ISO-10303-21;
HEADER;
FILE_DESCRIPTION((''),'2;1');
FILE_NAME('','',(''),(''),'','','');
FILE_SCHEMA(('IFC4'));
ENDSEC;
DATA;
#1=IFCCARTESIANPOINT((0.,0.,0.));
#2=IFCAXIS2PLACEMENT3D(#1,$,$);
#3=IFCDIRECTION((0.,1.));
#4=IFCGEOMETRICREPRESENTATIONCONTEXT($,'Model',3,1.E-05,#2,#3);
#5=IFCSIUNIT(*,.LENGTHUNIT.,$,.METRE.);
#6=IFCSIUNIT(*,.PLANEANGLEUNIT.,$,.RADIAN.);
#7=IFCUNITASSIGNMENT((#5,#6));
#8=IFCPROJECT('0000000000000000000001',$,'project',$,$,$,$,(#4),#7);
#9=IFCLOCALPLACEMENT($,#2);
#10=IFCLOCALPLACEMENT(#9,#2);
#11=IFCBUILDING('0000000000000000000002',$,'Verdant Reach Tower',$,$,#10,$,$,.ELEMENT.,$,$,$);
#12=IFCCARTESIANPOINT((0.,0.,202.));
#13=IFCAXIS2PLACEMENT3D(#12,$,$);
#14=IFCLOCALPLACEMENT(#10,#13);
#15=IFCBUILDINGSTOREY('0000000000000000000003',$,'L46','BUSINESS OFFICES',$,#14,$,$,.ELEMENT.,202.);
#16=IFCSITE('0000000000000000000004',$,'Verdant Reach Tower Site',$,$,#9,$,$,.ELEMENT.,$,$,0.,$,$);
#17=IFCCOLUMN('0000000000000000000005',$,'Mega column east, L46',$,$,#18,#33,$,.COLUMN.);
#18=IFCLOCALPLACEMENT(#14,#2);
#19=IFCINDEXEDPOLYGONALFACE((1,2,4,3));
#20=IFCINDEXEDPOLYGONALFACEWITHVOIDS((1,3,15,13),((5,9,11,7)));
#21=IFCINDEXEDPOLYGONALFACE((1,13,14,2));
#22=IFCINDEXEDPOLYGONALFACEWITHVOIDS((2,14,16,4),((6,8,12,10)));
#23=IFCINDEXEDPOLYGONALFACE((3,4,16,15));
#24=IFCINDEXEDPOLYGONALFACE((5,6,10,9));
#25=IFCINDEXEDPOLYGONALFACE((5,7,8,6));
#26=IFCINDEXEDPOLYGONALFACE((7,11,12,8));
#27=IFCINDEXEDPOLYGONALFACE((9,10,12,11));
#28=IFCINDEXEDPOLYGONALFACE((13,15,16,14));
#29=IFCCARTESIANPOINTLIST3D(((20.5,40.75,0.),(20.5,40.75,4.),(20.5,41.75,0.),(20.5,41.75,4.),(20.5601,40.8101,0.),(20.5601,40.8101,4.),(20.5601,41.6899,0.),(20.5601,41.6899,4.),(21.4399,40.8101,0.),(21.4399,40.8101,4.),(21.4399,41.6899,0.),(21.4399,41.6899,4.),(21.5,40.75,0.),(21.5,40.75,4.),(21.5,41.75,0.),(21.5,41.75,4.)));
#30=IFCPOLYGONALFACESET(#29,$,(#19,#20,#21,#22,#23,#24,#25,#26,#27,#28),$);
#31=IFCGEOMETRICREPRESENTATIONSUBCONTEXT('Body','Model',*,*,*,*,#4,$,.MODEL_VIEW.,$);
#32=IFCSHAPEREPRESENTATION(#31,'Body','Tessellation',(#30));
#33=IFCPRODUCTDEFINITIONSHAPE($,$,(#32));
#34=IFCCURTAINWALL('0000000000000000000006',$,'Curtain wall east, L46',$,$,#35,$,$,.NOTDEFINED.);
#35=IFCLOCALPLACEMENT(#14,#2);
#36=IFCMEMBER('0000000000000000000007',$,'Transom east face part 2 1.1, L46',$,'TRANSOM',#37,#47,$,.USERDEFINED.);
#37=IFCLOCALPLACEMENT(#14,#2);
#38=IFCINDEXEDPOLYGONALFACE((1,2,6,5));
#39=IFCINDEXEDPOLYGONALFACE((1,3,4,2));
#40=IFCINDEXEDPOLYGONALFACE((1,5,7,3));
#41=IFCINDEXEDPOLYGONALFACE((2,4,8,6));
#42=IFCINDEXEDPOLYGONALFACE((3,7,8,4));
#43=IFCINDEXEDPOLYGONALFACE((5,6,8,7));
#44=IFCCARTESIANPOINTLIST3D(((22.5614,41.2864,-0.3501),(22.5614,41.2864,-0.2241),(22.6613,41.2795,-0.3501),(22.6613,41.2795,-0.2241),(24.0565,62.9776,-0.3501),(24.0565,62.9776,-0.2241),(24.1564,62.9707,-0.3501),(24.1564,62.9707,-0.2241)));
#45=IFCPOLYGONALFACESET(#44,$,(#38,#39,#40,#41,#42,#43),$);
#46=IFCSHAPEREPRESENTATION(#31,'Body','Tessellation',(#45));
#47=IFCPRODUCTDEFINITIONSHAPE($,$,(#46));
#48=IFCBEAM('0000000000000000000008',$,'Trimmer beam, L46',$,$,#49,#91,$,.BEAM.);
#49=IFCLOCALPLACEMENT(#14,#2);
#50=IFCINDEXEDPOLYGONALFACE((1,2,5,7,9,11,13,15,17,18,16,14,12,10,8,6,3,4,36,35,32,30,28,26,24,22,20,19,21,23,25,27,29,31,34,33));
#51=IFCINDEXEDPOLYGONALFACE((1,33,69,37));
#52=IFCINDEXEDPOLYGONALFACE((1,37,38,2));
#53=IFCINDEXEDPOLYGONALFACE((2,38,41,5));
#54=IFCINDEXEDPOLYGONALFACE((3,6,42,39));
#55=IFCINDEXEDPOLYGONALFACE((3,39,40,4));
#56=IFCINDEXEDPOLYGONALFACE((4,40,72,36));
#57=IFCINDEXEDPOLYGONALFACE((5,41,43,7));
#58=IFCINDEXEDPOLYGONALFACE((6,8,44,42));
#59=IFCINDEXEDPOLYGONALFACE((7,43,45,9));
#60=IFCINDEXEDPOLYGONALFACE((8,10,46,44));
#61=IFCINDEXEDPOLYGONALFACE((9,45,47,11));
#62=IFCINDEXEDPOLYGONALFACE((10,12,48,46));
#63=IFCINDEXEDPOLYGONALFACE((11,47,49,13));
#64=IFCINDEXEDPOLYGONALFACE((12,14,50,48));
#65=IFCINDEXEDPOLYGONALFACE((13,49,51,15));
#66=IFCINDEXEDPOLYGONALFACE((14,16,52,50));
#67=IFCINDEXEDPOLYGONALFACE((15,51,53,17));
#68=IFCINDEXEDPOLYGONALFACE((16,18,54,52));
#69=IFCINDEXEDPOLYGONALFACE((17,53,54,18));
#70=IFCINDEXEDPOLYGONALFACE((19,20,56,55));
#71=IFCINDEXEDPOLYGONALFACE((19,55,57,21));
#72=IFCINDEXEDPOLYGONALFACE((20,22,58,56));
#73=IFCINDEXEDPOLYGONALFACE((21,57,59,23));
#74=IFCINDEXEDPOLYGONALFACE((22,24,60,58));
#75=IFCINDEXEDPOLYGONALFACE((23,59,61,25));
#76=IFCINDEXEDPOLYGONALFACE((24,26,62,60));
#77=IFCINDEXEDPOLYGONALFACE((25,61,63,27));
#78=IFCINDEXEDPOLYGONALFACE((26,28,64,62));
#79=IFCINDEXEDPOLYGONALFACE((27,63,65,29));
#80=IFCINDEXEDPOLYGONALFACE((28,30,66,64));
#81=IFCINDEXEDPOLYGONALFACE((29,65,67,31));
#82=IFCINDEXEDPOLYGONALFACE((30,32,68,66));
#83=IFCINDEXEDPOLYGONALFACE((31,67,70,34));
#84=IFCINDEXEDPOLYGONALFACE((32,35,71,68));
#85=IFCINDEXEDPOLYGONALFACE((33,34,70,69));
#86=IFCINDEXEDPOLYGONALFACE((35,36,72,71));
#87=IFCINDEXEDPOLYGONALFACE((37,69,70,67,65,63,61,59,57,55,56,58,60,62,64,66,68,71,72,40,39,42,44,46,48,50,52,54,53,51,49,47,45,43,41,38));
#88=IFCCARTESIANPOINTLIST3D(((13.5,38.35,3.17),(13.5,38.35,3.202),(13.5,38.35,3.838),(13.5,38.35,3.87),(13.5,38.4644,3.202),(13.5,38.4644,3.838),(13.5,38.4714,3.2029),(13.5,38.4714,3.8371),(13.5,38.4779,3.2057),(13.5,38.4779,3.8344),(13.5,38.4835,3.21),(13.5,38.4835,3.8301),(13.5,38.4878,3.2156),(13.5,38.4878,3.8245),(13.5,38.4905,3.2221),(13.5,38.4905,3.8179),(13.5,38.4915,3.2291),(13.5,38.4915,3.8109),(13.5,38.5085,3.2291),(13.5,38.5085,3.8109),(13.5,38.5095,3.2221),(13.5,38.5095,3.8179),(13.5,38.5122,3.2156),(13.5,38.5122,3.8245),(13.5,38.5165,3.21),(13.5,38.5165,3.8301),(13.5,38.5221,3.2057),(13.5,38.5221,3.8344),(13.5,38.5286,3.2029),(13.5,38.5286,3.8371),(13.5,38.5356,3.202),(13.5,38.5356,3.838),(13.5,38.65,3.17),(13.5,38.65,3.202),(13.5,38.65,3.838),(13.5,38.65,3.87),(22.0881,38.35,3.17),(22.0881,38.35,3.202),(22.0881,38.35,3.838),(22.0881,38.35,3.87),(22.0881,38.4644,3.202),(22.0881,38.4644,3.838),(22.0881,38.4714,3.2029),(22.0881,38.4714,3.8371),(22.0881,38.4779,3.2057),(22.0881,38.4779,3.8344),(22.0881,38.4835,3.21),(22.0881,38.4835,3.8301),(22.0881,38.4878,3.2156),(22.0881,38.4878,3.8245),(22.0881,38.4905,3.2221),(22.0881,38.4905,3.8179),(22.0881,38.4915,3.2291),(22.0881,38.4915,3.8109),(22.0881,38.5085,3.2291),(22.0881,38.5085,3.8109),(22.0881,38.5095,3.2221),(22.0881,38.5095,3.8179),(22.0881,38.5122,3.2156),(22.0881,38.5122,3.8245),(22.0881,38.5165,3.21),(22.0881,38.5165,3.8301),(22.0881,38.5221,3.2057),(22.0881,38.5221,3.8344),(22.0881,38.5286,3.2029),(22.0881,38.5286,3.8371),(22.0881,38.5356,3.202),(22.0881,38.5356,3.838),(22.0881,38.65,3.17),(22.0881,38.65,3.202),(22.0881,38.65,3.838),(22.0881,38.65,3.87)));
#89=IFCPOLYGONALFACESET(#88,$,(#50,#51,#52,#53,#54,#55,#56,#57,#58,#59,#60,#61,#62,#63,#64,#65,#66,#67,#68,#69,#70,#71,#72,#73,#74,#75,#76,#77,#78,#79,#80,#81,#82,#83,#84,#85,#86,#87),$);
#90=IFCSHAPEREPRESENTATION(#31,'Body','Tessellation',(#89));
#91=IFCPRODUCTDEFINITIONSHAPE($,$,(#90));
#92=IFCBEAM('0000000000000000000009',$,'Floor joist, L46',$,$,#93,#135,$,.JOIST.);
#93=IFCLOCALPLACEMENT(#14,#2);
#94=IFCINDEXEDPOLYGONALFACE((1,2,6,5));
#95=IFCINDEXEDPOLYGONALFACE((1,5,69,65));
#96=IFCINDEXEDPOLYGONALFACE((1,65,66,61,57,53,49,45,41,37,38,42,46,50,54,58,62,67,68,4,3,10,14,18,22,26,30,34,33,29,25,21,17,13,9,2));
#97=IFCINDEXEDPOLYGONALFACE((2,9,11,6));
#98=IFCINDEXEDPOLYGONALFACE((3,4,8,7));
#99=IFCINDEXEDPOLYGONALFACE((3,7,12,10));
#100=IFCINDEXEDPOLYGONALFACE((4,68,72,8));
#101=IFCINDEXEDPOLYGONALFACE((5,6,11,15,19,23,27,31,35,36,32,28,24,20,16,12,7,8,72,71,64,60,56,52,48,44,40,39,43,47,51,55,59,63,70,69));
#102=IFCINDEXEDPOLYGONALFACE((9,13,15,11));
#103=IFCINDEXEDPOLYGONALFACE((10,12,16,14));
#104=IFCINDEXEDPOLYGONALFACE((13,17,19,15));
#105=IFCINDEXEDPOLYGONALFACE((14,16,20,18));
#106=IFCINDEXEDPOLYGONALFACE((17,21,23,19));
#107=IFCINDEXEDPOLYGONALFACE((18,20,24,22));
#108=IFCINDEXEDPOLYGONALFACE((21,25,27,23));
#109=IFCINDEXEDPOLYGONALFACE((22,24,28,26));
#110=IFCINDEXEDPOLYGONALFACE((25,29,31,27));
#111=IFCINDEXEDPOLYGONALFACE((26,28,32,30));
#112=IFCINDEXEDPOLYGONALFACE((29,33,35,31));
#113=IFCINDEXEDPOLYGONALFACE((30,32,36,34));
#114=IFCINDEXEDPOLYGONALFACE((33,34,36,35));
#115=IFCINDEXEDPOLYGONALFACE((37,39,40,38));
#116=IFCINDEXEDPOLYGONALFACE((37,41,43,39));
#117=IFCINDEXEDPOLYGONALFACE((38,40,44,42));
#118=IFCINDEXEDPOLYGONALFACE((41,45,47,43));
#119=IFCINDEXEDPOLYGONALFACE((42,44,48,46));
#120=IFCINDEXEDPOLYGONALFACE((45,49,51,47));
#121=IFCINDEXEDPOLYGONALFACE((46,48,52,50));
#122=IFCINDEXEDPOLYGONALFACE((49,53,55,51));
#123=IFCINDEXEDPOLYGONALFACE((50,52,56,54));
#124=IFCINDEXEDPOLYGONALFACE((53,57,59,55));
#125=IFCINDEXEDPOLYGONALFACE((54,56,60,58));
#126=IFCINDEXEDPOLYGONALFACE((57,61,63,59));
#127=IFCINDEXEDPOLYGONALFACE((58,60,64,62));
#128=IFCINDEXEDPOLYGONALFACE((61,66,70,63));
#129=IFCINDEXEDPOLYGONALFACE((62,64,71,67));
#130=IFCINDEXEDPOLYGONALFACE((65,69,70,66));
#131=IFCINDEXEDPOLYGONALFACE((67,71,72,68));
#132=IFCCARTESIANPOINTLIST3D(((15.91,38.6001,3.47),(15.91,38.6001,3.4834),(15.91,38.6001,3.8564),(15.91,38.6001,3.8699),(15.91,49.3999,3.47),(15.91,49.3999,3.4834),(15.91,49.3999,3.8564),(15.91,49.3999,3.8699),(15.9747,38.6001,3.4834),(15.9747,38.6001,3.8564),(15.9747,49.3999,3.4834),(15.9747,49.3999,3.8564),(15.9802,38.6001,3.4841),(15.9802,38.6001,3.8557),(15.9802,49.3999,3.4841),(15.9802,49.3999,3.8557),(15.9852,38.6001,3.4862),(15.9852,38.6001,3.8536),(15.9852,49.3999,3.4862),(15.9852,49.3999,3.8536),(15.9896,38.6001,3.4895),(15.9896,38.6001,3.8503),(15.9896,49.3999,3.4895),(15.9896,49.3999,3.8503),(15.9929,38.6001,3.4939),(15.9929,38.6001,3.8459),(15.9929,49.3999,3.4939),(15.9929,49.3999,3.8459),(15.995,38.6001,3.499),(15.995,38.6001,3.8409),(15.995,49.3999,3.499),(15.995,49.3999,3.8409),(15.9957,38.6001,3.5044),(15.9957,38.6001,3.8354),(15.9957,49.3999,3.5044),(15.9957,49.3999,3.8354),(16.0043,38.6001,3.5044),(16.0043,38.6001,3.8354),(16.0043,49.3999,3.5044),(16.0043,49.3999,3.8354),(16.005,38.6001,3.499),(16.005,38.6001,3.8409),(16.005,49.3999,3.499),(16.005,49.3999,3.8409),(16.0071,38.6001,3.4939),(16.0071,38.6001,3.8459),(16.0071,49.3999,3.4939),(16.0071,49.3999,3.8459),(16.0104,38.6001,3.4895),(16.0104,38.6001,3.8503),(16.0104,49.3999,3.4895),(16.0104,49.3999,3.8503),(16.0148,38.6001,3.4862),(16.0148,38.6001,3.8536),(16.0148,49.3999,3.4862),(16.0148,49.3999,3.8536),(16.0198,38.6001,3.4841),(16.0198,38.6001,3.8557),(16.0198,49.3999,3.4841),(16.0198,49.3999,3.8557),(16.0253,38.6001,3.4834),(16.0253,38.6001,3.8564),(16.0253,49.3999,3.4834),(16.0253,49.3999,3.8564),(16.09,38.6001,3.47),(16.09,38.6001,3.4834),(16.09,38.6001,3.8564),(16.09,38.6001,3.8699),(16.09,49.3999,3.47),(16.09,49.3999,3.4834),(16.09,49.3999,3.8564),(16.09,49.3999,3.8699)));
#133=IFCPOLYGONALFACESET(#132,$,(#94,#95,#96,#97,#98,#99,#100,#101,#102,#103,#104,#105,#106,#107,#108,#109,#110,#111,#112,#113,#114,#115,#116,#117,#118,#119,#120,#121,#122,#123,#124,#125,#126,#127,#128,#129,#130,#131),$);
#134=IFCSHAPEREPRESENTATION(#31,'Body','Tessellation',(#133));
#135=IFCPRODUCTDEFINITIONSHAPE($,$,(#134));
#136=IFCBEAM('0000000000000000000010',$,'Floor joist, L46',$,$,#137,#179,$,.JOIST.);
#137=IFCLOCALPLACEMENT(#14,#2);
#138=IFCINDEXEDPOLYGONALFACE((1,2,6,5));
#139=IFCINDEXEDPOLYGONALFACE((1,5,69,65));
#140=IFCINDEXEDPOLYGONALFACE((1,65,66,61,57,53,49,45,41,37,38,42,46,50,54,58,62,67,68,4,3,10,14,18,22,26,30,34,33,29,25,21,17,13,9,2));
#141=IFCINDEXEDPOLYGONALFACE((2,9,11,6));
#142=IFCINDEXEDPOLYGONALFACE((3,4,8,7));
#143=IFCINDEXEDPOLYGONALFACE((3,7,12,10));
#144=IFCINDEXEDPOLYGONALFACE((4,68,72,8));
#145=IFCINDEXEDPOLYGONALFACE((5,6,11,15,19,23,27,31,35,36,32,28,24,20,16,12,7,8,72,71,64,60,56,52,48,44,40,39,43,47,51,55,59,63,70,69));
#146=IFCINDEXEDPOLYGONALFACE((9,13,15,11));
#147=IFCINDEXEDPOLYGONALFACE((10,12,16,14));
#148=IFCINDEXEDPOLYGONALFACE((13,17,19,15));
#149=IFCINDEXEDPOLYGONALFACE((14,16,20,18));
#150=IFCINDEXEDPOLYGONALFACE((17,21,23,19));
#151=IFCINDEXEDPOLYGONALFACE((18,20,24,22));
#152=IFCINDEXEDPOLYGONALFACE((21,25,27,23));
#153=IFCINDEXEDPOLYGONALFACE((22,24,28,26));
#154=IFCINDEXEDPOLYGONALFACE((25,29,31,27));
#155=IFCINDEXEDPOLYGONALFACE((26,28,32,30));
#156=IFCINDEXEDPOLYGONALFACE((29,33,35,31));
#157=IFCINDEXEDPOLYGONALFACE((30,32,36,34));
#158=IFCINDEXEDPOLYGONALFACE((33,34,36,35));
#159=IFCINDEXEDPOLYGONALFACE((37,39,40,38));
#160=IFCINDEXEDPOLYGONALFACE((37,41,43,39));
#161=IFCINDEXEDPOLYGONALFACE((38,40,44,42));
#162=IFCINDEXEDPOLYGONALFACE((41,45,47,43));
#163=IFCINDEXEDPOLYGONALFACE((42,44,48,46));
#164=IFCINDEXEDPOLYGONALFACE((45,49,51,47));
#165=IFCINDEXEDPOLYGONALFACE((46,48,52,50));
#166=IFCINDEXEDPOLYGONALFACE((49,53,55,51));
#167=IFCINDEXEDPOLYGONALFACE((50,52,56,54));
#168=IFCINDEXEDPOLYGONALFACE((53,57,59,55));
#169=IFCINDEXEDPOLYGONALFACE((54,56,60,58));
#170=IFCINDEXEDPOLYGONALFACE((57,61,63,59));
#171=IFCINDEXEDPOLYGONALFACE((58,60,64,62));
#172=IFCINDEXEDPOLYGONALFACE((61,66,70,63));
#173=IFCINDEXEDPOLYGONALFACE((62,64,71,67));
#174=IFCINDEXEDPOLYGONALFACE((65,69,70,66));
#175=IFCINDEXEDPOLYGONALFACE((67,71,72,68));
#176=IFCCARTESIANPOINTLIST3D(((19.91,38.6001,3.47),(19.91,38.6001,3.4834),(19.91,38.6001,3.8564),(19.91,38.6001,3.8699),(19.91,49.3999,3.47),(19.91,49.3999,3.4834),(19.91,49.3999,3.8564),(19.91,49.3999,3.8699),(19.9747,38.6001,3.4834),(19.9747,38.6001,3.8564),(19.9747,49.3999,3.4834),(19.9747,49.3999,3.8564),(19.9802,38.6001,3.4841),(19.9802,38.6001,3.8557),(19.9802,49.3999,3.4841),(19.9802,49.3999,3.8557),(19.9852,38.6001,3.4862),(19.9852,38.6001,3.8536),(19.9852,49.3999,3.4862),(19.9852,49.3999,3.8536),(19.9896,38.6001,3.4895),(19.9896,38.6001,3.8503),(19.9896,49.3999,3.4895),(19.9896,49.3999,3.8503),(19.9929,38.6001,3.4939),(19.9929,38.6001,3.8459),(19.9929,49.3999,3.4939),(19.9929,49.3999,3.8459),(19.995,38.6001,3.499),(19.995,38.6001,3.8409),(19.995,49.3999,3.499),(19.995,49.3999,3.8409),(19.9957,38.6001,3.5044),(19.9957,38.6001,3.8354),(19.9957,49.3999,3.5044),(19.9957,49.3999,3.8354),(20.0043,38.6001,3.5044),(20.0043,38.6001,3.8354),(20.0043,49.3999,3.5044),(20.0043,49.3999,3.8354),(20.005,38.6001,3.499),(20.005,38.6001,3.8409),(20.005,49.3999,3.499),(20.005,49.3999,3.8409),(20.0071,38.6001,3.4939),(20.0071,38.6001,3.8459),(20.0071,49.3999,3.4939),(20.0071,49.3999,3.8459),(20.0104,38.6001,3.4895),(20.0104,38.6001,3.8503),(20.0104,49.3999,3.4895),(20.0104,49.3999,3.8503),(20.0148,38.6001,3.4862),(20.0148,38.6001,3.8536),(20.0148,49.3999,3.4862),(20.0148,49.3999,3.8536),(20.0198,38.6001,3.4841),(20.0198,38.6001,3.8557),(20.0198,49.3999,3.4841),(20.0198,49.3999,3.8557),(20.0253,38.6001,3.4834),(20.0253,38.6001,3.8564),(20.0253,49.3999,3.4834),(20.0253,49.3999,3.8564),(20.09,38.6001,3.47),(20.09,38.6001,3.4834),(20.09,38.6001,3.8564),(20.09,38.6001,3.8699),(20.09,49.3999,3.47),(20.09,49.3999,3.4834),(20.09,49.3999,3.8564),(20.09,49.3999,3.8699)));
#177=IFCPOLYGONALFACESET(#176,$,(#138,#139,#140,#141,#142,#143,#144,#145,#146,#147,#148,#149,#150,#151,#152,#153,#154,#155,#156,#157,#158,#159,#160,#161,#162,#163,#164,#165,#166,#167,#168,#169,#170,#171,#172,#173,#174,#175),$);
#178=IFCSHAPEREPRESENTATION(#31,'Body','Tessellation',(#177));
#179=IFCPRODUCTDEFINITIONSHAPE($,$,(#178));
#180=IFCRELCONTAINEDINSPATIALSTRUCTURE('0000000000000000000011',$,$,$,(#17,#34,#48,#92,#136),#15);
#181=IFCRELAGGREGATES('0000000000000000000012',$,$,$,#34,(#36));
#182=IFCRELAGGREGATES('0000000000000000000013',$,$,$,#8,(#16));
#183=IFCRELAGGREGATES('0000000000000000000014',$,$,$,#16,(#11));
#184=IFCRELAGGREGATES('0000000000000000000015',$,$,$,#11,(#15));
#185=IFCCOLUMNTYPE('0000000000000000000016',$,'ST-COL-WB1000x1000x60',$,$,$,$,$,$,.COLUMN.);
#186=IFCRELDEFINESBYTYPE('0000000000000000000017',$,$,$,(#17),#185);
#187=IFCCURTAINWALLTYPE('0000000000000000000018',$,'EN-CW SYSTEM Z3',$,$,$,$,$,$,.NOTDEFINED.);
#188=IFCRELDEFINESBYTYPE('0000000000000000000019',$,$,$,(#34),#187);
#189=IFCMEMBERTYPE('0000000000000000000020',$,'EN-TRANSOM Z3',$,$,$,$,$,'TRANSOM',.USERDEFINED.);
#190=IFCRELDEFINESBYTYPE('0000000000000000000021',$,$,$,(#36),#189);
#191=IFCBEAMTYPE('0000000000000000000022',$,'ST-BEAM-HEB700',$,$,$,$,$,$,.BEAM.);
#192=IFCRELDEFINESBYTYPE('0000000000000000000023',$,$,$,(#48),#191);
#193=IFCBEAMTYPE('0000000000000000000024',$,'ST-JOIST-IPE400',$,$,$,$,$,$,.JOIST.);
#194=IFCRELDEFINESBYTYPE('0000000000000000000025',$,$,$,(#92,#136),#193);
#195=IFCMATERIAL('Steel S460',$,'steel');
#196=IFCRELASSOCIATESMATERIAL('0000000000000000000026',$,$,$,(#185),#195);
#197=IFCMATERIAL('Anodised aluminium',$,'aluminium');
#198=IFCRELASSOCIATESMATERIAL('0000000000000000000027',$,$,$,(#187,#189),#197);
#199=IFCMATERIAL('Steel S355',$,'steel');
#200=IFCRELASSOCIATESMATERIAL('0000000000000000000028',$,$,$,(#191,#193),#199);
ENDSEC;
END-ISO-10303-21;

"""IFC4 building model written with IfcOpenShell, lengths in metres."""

from ifc_helpers import new_model, si_unit, direction, frame, origin, origin_2d, place, context, subcontext, project, spatial, rectangle, hollow_rectangle, i_section, extrude, material, material_profile, profile_set, type_object, element, aggregate, save


model = new_model("IFC4")

# Units and contexts
model_context = context("Model", 3, precision=1e-05, world=origin(), true_north=direction((0.0, 1.0)))
body_context = subcontext(model_context, "Body", "Model", "MODEL_VIEW")
ifc_project = project(units=[si_unit("LENGTHUNIT", "METRE"), si_unit("PLANEANGLEUNIT", "RADIAN")], contexts=[model_context])

# Site, building, storey
site_placement = place(None, origin())
site = spatial("IfcSite", under=ifc_project, at=site_placement, Name="Verdant Reach Tower Site", CompositionType="ELEMENT", RefElevation=0.0)
building_placement = place(site_placement, origin())
building = spatial("IfcBuilding", under=site, at=building_placement, Name="Verdant Reach Tower", CompositionType="ELEMENT")
storey_placement = place(building_placement, frame((0.0, 0.0, 202.0)))
storey = spatial("IfcBuildingStorey", under=building, at=storey_placement, Name="L46", Description="BUSINESS OFFICES", CompositionType="ELEMENT", Elevation=202.0)

# Column
ifc_material_1 = material(Name="Steel S460", Category="steel")
ifc_material_profile_1 = material_profile(ifc_material_1, hollow_rectangle(XDim=1.0, YDim=1.0, WallThickness=0.0601, at=origin_2d()), Name="WB 1000x1000x60")
ifc_profile_set_1 = profile_set([ifc_material_profile_1], Name="Steel S460")
column_type = type_object("IfcColumnType", Name="ST-COL-WB1000x1000x60", PredefinedType="COLUMN", material=ifc_profile_set_1)
column_placement = place(storey_placement, frame((21.0, 41.25, 0.0), z_axis=(0.0, 0.0, 1.0), x_axis=(1.0, 0.0, 0.0)))
element("IfcColumn", 1, at=column_placement, inside=storey, type_object=column_type, Name="Mega column east, L46", PredefinedType="COLUMN", context=body_context, shape_type="SweptSolid", body=[
    extrude(hollow_rectangle(XDim=1.0, YDim=1.0, WallThickness=0.0601, at=origin_2d()), origin(), (0.0, 0.0, 1.0), 4.0),
])

# Curtain wall, member
ifc_material_2 = material(Name="Anodised aluminium", Category="aluminium")
curtain_wall_type = type_object("IfcCurtainWallType", Name="EN-CW SYSTEM Z3", PredefinedType="NOTDEFINED", material=ifc_material_2)
curtain_wall_placement = place(storey_placement, origin())
curtain_wall = element("IfcCurtainWall", 2, at=curtain_wall_placement, inside=storey, type_object=curtain_wall_type, Name="Curtain wall east, L46", PredefinedType="NOTDEFINED")
ifc_material_profile_2 = material_profile(ifc_material_2, rectangle(XDim=0.1001, YDim=0.126, at=origin_2d()), Name="Transom 126x100")
ifc_profile_set_2 = profile_set([ifc_material_profile_2], Name="Anodised aluminium")
member_type = type_object("IfcMemberType", Name="EN-TRANSOM Z3", ElementType="TRANSOM", PredefinedType="USERDEFINED", material=ifc_profile_set_2)
member_placement = place(storey_placement, frame((22.6113, 41.283, -0.2871), z_axis=(0.068764, 0.997633, 0.0), x_axis=(-0.997633, 0.068764, 0.0)))
member = element("IfcMember", 3, at=member_placement, type_object=member_type, Name="Transom east face part 2 1.1, L46", ObjectType="TRANSOM", PredefinedType="USERDEFINED", context=body_context, shape_type="SweptSolid", body=[
    extrude(rectangle(XDim=0.1001, YDim=0.126, at=origin_2d()), origin(), (0.0, 0.0, 1.0), 21.7427),
])

# Beams
ifc_material_3 = material(Name="Steel S355", Category="steel")
ifc_material_profile_3 = material_profile(ifc_material_3, i_section(OverallWidth=0.3, OverallDepth=0.7, WebThickness=0.0171, FlangeThickness=0.032, FilletRadius=0.0271, at=origin_2d()), Name="HEB 700")
ifc_profile_set_3 = profile_set([ifc_material_profile_3], Name="Steel S355")
beam_type_1 = type_object("IfcBeamType", Name="ST-BEAM-HEB700", PredefinedType="BEAM", material=ifc_profile_set_3)
beam_1_placement = place(storey_placement, frame((13.5, 38.5, 3.52), z_axis=(1.0, 0.0, 0.0), x_axis=(0.0, 1.0, 0.0)))
element("IfcBeam", 4, at=beam_1_placement, inside=storey, type_object=beam_type_1, Name="Trimmer beam, L46", PredefinedType="BEAM", context=body_context, shape_type="SweptSolid", body=[
    extrude(i_section(OverallWidth=0.3, OverallDepth=0.7, WebThickness=0.0171, FlangeThickness=0.032, FilletRadius=0.0271, at=origin_2d()), origin(), (0.0, 0.0, 1.0), 8.5881),
])
ifc_material_profile_4 = material_profile(ifc_material_3, i_section(OverallWidth=0.1799, OverallDepth=0.3999, WebThickness=0.0085, FlangeThickness=0.0134, FilletRadius=0.021, at=origin_2d()), Name="IPE 400")
ifc_profile_set_4 = profile_set([ifc_material_profile_4], Name="Steel S355")
beam_type_2 = type_object("IfcBeamType", Name="ST-JOIST-IPE400", PredefinedType="JOIST", material=ifc_profile_set_4)
for number, where, z_axis, x_axis, name in (
    (5, (16.0, 38.6001, 3.6699), (0.0, 1.0, 0.0), (-1.0, 0.0, 0.0), "Floor joist, L46"),
    (6, (20.0, 38.6001, 3.6699), (0.0, 1.0, 0.0), (-1.0, 0.0, 0.0), "Floor joist, L46"),
):
    element("IfcBeam", number, at=place(storey_placement, frame(where, z_axis=z_axis, x_axis=x_axis)), inside=storey, type_object=beam_type_2, Name=name, PredefinedType="JOIST", context=body_context, shape_type="SweptSolid", body=[
        extrude(i_section(OverallWidth=0.1799, OverallDepth=0.3999, WebThickness=0.0085, FlangeThickness=0.0134, FilletRadius=0.021, at=origin_2d()), origin(), (0.0, 0.0, 1.0), 10.7998),
    ])

aggregate(curtain_wall, [member])

save(model, "model.ifc")
